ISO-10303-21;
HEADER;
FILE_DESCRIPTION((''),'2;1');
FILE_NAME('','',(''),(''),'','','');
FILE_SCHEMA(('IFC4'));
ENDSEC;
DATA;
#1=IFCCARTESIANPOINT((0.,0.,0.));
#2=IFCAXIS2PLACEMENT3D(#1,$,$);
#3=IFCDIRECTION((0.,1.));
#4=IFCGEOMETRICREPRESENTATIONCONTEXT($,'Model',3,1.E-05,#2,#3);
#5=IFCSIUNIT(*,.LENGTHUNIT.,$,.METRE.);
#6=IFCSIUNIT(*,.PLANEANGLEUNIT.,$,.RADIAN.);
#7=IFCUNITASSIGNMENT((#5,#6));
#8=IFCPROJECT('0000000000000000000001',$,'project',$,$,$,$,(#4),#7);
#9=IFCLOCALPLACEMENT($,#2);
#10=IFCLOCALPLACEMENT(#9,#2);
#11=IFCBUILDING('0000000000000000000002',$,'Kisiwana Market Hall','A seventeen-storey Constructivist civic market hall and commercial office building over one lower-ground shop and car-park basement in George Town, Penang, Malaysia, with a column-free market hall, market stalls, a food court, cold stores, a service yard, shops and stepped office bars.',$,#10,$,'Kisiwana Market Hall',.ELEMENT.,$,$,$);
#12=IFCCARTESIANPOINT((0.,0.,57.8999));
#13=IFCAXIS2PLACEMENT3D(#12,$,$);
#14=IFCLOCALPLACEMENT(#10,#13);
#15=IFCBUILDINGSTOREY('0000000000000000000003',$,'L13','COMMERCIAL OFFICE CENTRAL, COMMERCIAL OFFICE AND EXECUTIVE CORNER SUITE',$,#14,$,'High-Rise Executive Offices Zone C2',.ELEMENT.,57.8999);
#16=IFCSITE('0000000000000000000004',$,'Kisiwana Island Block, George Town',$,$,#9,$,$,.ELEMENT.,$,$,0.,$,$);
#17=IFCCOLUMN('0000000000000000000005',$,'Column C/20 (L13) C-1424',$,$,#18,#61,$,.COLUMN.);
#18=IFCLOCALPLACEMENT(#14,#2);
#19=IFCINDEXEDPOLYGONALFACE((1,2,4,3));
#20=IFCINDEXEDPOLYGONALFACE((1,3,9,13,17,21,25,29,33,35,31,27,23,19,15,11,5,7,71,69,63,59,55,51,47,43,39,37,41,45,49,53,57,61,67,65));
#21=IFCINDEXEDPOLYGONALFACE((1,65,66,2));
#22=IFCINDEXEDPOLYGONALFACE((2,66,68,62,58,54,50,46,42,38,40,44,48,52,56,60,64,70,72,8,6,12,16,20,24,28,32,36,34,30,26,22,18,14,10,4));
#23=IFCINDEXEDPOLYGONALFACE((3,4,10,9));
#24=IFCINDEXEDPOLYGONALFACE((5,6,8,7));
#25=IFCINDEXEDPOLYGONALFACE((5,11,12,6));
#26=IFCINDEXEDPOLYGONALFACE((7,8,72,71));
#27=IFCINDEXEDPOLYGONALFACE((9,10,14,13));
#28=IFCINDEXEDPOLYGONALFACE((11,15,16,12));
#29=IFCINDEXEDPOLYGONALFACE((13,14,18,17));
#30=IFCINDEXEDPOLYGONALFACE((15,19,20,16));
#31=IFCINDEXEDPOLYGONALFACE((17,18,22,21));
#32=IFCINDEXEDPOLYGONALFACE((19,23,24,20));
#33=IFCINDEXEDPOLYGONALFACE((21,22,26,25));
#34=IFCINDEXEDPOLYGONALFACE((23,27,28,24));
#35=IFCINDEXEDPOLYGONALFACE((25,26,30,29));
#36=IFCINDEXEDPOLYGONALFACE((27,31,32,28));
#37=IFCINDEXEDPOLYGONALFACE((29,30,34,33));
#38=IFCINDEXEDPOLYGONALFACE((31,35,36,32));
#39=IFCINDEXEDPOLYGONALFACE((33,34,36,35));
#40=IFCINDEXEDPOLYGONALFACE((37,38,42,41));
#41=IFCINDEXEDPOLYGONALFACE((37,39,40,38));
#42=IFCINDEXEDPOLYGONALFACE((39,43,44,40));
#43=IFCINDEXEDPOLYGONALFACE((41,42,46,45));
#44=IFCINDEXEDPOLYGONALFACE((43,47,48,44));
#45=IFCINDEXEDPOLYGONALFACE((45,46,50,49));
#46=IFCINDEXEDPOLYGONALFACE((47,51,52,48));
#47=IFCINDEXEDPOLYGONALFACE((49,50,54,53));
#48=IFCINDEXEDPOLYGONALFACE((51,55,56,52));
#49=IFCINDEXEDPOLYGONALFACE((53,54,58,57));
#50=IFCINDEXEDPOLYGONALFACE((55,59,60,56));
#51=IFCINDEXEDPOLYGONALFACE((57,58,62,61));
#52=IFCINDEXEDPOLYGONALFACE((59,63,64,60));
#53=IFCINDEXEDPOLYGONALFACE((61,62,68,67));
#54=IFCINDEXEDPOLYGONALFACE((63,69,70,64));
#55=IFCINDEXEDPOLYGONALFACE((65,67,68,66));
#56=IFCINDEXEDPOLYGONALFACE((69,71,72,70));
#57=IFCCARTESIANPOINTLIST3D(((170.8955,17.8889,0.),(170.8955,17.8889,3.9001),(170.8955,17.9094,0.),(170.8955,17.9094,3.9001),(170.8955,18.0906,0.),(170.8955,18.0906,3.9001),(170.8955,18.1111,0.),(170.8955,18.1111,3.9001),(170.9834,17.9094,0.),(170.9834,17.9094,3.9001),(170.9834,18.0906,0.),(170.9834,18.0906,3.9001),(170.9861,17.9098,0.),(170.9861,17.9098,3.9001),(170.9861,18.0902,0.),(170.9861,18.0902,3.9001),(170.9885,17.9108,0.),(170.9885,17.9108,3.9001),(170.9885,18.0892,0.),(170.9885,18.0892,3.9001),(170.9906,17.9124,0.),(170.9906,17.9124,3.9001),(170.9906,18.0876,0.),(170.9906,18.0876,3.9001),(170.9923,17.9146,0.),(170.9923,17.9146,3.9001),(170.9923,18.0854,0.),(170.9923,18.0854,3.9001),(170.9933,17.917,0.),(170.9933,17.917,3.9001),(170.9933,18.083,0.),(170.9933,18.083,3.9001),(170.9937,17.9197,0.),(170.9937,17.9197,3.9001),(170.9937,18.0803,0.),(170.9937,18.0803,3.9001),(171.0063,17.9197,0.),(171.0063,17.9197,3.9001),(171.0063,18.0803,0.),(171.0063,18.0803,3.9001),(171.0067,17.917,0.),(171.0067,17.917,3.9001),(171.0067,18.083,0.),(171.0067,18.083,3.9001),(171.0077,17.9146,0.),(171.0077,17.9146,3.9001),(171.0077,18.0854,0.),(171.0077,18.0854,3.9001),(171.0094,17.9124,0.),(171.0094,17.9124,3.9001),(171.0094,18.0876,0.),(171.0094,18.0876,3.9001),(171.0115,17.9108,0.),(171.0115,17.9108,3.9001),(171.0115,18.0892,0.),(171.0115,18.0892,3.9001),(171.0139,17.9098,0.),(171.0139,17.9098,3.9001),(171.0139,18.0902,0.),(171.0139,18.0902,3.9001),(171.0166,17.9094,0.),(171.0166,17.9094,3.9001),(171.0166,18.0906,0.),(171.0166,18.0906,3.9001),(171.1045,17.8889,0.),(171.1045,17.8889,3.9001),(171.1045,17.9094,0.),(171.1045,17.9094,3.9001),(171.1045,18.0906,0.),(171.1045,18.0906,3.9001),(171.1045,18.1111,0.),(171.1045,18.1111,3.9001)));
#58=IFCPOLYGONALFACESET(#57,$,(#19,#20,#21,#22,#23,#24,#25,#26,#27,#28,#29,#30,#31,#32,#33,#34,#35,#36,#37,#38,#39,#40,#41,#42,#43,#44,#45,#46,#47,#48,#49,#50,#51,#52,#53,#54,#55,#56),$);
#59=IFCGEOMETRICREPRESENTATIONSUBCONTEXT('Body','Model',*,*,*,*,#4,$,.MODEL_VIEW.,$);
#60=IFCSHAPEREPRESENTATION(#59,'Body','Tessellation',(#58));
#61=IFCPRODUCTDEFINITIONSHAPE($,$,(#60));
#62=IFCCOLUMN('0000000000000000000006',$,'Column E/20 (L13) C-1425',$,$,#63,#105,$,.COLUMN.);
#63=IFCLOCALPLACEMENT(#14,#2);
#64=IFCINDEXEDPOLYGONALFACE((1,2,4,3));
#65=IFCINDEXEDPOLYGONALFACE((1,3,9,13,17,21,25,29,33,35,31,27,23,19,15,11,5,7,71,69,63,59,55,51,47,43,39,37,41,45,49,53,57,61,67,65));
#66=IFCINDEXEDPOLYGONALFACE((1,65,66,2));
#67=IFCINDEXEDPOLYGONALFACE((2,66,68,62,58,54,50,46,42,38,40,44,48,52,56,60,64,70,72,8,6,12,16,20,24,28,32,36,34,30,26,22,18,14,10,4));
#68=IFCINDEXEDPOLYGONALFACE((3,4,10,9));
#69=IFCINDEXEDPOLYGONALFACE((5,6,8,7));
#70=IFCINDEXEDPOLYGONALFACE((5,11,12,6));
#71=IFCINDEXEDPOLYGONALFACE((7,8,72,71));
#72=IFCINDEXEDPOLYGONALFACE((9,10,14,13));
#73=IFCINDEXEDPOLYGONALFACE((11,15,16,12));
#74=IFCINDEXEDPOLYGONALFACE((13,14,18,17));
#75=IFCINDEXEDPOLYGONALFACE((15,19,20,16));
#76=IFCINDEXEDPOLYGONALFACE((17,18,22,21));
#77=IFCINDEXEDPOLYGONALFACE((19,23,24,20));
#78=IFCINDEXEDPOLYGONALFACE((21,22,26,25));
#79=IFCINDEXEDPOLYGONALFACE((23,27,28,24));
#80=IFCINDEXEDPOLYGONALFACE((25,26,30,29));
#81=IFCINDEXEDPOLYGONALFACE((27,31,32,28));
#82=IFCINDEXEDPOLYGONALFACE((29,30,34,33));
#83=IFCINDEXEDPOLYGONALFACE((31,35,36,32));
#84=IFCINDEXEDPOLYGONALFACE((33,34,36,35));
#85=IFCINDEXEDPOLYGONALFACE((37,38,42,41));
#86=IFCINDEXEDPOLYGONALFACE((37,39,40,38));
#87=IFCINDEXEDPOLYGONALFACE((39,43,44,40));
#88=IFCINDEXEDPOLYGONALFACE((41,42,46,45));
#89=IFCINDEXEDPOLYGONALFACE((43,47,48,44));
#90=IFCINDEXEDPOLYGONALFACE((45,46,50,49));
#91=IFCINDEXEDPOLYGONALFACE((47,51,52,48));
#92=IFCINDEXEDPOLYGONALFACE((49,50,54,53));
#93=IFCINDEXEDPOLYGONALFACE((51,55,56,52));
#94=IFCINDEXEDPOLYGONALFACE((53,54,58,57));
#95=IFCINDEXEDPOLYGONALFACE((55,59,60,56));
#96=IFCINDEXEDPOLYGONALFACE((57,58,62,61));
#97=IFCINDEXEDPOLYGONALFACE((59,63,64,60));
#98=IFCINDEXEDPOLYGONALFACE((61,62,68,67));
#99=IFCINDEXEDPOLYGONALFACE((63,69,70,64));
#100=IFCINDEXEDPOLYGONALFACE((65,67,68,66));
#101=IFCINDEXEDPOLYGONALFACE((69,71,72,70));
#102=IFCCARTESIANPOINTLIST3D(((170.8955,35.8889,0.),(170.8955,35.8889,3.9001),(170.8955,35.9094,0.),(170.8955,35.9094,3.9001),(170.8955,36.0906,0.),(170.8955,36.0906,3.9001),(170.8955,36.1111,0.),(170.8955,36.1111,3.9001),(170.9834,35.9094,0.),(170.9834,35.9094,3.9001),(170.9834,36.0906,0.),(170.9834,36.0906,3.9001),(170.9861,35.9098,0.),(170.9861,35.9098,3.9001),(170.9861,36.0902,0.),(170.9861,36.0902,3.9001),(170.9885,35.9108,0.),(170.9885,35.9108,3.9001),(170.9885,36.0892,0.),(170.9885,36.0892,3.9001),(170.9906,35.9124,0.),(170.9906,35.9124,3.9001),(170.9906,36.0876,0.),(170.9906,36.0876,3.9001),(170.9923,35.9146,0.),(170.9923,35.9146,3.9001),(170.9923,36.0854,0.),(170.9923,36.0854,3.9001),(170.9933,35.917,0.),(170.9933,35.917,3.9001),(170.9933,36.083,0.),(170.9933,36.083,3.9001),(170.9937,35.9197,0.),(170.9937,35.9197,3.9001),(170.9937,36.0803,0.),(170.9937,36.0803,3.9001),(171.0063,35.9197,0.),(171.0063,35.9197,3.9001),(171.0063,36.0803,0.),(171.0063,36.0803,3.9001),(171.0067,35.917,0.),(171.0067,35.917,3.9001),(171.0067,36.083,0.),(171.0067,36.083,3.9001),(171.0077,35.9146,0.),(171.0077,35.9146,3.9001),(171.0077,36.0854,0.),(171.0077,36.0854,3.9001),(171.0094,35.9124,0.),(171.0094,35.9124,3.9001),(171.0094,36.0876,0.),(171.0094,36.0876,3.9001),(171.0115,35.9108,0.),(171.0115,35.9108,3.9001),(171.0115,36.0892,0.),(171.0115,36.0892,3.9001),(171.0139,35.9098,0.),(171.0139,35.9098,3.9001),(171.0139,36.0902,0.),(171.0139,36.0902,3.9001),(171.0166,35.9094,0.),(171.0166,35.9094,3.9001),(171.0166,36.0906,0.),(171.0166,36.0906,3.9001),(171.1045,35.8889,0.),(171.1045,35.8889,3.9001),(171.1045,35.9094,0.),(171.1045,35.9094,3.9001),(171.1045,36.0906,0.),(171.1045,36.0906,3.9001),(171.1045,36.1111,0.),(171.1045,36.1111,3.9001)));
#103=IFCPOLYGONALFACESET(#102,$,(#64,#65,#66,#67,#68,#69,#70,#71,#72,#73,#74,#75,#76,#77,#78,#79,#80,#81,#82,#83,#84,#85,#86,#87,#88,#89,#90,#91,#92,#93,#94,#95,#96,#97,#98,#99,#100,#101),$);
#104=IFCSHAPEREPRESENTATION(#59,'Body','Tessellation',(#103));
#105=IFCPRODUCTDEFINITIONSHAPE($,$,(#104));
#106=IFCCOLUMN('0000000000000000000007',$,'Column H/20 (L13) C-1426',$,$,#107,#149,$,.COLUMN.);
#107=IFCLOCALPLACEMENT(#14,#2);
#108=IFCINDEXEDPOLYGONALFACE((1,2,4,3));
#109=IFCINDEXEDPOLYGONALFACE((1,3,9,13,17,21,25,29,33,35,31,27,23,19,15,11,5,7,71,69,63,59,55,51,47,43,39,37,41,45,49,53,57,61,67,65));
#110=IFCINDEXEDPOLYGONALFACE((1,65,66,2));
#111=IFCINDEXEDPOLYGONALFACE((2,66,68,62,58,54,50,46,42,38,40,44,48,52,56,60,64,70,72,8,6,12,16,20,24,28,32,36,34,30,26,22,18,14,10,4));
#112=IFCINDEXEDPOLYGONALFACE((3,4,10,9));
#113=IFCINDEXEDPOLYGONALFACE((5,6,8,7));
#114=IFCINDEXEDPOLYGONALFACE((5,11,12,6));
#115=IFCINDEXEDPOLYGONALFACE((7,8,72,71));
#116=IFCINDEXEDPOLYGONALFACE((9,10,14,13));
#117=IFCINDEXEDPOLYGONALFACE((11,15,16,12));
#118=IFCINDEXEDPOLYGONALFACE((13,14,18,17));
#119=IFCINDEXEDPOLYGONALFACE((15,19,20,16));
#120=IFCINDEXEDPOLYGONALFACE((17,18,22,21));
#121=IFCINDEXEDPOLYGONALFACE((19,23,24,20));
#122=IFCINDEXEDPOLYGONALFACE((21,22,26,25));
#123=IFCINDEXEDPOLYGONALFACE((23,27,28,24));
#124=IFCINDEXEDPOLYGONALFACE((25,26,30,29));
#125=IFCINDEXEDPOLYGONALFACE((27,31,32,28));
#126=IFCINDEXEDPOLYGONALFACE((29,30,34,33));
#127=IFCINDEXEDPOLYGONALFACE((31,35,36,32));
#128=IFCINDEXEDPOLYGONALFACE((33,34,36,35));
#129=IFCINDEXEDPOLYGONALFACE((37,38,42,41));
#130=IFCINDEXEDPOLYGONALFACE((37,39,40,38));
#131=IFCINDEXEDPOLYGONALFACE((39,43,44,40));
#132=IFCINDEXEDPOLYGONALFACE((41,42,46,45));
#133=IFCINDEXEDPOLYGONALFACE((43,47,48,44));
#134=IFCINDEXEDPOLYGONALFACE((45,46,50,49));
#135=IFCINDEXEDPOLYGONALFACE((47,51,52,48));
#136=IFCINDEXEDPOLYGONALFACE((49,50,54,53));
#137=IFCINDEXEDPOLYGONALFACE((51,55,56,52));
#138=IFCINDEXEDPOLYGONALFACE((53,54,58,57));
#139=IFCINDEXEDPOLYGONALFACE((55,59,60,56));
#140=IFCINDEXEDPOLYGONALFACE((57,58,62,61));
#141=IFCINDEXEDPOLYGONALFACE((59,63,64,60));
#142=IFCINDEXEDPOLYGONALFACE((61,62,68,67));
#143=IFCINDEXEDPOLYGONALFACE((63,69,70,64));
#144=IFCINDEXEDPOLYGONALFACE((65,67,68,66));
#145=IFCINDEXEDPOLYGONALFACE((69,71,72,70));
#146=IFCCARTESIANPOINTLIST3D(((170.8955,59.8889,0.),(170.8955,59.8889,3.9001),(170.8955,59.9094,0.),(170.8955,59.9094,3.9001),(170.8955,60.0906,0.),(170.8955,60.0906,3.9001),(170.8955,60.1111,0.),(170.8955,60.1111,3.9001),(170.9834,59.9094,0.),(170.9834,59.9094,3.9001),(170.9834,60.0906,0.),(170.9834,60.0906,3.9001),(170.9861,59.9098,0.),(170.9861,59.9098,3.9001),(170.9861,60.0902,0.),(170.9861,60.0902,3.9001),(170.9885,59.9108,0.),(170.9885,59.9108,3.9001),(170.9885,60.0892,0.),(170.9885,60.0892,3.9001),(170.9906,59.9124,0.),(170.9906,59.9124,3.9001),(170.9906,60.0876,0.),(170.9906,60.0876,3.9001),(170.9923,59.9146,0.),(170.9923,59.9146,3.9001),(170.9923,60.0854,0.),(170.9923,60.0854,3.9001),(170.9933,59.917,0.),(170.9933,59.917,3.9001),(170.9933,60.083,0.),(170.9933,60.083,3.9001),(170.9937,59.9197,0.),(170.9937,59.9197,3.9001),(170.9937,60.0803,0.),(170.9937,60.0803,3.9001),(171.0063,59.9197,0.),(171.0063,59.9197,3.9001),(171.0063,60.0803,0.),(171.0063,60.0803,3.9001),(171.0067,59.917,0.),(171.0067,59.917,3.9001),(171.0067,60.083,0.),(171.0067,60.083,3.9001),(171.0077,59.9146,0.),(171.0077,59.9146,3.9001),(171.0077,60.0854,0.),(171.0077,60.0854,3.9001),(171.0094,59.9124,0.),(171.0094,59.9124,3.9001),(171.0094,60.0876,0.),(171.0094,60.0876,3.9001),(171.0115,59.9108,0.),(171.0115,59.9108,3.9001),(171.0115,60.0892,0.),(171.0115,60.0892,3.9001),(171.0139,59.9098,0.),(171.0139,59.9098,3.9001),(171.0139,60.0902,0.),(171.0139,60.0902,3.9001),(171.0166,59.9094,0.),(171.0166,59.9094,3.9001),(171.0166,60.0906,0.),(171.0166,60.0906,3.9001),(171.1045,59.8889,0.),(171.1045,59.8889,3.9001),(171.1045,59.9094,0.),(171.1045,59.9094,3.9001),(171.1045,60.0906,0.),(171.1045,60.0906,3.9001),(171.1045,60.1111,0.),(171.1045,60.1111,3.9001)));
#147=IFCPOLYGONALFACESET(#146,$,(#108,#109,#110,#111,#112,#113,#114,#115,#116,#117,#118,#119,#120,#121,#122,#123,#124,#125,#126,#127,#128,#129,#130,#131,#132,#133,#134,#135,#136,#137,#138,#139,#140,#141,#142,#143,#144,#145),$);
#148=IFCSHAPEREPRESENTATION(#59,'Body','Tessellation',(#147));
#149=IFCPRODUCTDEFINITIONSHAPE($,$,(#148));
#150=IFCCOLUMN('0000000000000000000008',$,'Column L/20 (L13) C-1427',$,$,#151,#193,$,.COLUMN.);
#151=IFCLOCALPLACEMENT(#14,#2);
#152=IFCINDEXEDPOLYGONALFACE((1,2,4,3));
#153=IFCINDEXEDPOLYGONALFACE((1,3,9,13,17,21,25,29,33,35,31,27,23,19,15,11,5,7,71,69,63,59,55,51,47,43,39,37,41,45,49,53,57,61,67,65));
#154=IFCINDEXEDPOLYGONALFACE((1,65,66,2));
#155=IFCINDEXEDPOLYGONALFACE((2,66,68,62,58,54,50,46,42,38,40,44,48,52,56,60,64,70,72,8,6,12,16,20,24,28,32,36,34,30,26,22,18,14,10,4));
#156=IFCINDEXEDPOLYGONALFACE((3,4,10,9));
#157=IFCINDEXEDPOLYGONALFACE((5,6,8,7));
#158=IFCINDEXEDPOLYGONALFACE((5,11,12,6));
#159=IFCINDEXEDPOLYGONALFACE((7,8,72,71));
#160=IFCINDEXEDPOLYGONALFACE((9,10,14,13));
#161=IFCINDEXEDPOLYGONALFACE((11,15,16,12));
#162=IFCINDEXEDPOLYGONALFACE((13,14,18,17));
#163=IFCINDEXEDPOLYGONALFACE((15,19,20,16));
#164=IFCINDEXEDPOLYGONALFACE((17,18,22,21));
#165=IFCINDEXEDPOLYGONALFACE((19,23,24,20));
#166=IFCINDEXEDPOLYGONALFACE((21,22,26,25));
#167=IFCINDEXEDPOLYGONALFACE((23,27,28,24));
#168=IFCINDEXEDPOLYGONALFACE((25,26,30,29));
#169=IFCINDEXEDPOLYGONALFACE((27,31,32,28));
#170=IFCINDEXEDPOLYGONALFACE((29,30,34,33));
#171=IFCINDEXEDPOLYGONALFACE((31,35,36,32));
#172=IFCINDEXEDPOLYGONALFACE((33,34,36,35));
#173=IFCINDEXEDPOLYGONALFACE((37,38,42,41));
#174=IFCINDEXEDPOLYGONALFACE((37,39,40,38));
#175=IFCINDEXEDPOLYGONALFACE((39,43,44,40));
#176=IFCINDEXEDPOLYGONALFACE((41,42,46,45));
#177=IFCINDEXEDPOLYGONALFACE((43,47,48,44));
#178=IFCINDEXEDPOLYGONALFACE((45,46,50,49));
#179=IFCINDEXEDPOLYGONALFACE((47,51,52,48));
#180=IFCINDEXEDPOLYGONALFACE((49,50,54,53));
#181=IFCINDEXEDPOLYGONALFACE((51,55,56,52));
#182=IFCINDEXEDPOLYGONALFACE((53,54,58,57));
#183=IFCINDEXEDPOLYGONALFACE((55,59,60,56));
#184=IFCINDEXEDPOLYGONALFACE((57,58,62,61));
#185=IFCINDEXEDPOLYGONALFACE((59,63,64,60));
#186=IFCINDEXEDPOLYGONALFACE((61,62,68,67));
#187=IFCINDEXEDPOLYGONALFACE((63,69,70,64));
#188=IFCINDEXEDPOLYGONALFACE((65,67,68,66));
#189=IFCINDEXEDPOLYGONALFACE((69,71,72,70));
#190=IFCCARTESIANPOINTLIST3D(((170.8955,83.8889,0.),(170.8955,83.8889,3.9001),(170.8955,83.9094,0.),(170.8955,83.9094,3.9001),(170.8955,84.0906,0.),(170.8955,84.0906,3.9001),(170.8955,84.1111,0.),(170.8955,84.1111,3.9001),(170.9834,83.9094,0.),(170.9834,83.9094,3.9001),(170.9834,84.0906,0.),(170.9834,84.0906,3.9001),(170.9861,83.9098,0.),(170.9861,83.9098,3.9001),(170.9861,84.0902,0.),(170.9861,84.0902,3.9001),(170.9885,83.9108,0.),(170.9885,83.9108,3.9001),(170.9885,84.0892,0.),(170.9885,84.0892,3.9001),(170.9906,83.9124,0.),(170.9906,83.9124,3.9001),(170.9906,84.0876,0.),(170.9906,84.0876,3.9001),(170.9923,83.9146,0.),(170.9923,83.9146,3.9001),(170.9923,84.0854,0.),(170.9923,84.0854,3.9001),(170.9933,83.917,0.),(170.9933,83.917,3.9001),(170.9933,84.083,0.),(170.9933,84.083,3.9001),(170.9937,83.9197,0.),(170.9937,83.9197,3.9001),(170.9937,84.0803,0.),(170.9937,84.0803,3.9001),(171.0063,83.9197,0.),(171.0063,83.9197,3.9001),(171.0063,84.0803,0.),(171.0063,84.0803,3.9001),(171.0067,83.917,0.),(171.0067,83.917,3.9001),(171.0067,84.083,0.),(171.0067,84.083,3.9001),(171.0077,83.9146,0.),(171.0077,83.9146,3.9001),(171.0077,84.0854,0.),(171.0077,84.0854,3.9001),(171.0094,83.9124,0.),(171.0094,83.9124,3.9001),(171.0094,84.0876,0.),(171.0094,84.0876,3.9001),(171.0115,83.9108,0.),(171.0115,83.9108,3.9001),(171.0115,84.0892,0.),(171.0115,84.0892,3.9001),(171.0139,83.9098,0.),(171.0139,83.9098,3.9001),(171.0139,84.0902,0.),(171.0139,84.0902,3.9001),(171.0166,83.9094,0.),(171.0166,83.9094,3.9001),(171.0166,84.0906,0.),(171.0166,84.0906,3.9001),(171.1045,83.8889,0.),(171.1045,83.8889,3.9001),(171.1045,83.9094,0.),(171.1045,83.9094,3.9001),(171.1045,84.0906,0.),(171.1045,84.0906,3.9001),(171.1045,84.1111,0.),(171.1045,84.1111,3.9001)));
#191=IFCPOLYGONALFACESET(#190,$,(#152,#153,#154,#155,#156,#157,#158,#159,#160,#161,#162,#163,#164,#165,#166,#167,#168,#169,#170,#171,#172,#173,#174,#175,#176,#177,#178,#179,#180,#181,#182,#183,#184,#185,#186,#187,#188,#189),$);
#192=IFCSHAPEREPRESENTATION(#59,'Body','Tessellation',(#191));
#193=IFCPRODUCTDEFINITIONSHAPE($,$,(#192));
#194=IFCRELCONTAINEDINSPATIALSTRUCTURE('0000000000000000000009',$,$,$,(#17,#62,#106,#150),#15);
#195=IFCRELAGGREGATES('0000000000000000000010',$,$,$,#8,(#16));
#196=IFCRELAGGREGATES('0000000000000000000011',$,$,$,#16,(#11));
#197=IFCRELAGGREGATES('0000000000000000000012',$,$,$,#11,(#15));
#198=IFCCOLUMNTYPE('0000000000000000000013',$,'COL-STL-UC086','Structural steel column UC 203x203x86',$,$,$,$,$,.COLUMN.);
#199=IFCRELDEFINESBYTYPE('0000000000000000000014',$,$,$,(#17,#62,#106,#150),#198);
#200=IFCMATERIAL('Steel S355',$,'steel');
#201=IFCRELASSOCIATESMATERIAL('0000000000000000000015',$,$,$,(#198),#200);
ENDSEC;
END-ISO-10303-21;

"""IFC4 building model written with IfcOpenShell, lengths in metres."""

from ifc_helpers import new_model, si_unit, direction, frame, origin, origin_2d, place, context, subcontext, project, spatial, i_section, extrude, material, material_profile, profile_set, type_object, element, save


model = new_model("IFC4")

# Units and contexts
model_context = context("Model", 3, precision=1e-05, world=origin(), true_north=direction((0.0, 1.0)))
body_context = subcontext(model_context, "Body", "Model", "MODEL_VIEW")
ifc_project = project(units=[si_unit("LENGTHUNIT", "METRE"), si_unit("PLANEANGLEUNIT", "RADIAN")], contexts=[model_context])

# Site, building, storey
site_placement = place(None, origin())
site = spatial("IfcSite", under=ifc_project, at=site_placement, Name="Kisiwana Island Block, George Town", CompositionType="ELEMENT", RefElevation=0.0)
building_placement = place(site_placement, origin())
building = spatial("IfcBuilding", under=site, at=building_placement, Name="Kisiwana Market Hall", Description="A seventeen-storey Constructivist civic market hall and commercial office building over one lower-ground shop and car-park basement in George Town, Penang, Malaysia, with a column-free market hall, market stalls, a food court, cold stores, a service yard, shops and stepped office bars.", LongName="Kisiwana Market Hall", CompositionType="ELEMENT")
storey_placement = place(building_placement, frame((0.0, 0.0, 57.8999)))
storey = spatial("IfcBuildingStorey", under=building, at=storey_placement, Name="L13", Description="COMMERCIAL OFFICE CENTRAL, COMMERCIAL OFFICE AND EXECUTIVE CORNER SUITE", LongName="High-Rise Executive Offices Zone C2", CompositionType="ELEMENT", Elevation=57.8999)

# Columns
ifc_material_1 = material(Name="Steel S355", Category="steel")
ifc_material_profile_1 = material_profile(ifc_material_1, i_section(OverallWidth=0.209, OverallDepth=0.2222, WebThickness=0.0127, FlangeThickness=0.0205, FilletRadius=0.0103, at=origin_2d()), Name="UC 203x203x86")
ifc_profile_set_1 = profile_set([ifc_material_profile_1], Name="Steel S355")
column_type = type_object("IfcColumnType", Name="COL-STL-UC086", Description="Structural steel column UC 203x203x86", PredefinedType="COLUMN", material=ifc_profile_set_1)
for number, where, z_axis, x_axis, name in (
    (1, (171.0, 18.0, 0.0), (0.0, 0.0, 1.0), (1.0, 0.0, 0.0), "Column C/20 (L13) C-1424"),
    (2, (171.0, 36.0, 0.0), (0.0, 0.0, 1.0), (1.0, 0.0, 0.0), "Column E/20 (L13) C-1425"),
    (3, (171.0, 60.0, 0.0), (0.0, 0.0, 1.0), (1.0, 0.0, 0.0), "Column H/20 (L13) C-1426"),
    (4, (171.0, 84.0, 0.0), (0.0, 0.0, 1.0), (1.0, 0.0, 0.0), "Column L/20 (L13) C-1427"),
):
    element("IfcColumn", number, at=place(storey_placement, frame(where, z_axis=z_axis, x_axis=x_axis)), inside=storey, type_object=column_type, Name=name, PredefinedType="COLUMN", context=body_context, shape_type="SweptSolid", body=[
        extrude(i_section(OverallWidth=0.209, OverallDepth=0.2222, WebThickness=0.0127, FlangeThickness=0.0205, FilletRadius=0.0103, at=origin_2d()), origin(), (0.0, 0.0, 1.0), 3.9001),
    ])

save(model, "model.ifc")
